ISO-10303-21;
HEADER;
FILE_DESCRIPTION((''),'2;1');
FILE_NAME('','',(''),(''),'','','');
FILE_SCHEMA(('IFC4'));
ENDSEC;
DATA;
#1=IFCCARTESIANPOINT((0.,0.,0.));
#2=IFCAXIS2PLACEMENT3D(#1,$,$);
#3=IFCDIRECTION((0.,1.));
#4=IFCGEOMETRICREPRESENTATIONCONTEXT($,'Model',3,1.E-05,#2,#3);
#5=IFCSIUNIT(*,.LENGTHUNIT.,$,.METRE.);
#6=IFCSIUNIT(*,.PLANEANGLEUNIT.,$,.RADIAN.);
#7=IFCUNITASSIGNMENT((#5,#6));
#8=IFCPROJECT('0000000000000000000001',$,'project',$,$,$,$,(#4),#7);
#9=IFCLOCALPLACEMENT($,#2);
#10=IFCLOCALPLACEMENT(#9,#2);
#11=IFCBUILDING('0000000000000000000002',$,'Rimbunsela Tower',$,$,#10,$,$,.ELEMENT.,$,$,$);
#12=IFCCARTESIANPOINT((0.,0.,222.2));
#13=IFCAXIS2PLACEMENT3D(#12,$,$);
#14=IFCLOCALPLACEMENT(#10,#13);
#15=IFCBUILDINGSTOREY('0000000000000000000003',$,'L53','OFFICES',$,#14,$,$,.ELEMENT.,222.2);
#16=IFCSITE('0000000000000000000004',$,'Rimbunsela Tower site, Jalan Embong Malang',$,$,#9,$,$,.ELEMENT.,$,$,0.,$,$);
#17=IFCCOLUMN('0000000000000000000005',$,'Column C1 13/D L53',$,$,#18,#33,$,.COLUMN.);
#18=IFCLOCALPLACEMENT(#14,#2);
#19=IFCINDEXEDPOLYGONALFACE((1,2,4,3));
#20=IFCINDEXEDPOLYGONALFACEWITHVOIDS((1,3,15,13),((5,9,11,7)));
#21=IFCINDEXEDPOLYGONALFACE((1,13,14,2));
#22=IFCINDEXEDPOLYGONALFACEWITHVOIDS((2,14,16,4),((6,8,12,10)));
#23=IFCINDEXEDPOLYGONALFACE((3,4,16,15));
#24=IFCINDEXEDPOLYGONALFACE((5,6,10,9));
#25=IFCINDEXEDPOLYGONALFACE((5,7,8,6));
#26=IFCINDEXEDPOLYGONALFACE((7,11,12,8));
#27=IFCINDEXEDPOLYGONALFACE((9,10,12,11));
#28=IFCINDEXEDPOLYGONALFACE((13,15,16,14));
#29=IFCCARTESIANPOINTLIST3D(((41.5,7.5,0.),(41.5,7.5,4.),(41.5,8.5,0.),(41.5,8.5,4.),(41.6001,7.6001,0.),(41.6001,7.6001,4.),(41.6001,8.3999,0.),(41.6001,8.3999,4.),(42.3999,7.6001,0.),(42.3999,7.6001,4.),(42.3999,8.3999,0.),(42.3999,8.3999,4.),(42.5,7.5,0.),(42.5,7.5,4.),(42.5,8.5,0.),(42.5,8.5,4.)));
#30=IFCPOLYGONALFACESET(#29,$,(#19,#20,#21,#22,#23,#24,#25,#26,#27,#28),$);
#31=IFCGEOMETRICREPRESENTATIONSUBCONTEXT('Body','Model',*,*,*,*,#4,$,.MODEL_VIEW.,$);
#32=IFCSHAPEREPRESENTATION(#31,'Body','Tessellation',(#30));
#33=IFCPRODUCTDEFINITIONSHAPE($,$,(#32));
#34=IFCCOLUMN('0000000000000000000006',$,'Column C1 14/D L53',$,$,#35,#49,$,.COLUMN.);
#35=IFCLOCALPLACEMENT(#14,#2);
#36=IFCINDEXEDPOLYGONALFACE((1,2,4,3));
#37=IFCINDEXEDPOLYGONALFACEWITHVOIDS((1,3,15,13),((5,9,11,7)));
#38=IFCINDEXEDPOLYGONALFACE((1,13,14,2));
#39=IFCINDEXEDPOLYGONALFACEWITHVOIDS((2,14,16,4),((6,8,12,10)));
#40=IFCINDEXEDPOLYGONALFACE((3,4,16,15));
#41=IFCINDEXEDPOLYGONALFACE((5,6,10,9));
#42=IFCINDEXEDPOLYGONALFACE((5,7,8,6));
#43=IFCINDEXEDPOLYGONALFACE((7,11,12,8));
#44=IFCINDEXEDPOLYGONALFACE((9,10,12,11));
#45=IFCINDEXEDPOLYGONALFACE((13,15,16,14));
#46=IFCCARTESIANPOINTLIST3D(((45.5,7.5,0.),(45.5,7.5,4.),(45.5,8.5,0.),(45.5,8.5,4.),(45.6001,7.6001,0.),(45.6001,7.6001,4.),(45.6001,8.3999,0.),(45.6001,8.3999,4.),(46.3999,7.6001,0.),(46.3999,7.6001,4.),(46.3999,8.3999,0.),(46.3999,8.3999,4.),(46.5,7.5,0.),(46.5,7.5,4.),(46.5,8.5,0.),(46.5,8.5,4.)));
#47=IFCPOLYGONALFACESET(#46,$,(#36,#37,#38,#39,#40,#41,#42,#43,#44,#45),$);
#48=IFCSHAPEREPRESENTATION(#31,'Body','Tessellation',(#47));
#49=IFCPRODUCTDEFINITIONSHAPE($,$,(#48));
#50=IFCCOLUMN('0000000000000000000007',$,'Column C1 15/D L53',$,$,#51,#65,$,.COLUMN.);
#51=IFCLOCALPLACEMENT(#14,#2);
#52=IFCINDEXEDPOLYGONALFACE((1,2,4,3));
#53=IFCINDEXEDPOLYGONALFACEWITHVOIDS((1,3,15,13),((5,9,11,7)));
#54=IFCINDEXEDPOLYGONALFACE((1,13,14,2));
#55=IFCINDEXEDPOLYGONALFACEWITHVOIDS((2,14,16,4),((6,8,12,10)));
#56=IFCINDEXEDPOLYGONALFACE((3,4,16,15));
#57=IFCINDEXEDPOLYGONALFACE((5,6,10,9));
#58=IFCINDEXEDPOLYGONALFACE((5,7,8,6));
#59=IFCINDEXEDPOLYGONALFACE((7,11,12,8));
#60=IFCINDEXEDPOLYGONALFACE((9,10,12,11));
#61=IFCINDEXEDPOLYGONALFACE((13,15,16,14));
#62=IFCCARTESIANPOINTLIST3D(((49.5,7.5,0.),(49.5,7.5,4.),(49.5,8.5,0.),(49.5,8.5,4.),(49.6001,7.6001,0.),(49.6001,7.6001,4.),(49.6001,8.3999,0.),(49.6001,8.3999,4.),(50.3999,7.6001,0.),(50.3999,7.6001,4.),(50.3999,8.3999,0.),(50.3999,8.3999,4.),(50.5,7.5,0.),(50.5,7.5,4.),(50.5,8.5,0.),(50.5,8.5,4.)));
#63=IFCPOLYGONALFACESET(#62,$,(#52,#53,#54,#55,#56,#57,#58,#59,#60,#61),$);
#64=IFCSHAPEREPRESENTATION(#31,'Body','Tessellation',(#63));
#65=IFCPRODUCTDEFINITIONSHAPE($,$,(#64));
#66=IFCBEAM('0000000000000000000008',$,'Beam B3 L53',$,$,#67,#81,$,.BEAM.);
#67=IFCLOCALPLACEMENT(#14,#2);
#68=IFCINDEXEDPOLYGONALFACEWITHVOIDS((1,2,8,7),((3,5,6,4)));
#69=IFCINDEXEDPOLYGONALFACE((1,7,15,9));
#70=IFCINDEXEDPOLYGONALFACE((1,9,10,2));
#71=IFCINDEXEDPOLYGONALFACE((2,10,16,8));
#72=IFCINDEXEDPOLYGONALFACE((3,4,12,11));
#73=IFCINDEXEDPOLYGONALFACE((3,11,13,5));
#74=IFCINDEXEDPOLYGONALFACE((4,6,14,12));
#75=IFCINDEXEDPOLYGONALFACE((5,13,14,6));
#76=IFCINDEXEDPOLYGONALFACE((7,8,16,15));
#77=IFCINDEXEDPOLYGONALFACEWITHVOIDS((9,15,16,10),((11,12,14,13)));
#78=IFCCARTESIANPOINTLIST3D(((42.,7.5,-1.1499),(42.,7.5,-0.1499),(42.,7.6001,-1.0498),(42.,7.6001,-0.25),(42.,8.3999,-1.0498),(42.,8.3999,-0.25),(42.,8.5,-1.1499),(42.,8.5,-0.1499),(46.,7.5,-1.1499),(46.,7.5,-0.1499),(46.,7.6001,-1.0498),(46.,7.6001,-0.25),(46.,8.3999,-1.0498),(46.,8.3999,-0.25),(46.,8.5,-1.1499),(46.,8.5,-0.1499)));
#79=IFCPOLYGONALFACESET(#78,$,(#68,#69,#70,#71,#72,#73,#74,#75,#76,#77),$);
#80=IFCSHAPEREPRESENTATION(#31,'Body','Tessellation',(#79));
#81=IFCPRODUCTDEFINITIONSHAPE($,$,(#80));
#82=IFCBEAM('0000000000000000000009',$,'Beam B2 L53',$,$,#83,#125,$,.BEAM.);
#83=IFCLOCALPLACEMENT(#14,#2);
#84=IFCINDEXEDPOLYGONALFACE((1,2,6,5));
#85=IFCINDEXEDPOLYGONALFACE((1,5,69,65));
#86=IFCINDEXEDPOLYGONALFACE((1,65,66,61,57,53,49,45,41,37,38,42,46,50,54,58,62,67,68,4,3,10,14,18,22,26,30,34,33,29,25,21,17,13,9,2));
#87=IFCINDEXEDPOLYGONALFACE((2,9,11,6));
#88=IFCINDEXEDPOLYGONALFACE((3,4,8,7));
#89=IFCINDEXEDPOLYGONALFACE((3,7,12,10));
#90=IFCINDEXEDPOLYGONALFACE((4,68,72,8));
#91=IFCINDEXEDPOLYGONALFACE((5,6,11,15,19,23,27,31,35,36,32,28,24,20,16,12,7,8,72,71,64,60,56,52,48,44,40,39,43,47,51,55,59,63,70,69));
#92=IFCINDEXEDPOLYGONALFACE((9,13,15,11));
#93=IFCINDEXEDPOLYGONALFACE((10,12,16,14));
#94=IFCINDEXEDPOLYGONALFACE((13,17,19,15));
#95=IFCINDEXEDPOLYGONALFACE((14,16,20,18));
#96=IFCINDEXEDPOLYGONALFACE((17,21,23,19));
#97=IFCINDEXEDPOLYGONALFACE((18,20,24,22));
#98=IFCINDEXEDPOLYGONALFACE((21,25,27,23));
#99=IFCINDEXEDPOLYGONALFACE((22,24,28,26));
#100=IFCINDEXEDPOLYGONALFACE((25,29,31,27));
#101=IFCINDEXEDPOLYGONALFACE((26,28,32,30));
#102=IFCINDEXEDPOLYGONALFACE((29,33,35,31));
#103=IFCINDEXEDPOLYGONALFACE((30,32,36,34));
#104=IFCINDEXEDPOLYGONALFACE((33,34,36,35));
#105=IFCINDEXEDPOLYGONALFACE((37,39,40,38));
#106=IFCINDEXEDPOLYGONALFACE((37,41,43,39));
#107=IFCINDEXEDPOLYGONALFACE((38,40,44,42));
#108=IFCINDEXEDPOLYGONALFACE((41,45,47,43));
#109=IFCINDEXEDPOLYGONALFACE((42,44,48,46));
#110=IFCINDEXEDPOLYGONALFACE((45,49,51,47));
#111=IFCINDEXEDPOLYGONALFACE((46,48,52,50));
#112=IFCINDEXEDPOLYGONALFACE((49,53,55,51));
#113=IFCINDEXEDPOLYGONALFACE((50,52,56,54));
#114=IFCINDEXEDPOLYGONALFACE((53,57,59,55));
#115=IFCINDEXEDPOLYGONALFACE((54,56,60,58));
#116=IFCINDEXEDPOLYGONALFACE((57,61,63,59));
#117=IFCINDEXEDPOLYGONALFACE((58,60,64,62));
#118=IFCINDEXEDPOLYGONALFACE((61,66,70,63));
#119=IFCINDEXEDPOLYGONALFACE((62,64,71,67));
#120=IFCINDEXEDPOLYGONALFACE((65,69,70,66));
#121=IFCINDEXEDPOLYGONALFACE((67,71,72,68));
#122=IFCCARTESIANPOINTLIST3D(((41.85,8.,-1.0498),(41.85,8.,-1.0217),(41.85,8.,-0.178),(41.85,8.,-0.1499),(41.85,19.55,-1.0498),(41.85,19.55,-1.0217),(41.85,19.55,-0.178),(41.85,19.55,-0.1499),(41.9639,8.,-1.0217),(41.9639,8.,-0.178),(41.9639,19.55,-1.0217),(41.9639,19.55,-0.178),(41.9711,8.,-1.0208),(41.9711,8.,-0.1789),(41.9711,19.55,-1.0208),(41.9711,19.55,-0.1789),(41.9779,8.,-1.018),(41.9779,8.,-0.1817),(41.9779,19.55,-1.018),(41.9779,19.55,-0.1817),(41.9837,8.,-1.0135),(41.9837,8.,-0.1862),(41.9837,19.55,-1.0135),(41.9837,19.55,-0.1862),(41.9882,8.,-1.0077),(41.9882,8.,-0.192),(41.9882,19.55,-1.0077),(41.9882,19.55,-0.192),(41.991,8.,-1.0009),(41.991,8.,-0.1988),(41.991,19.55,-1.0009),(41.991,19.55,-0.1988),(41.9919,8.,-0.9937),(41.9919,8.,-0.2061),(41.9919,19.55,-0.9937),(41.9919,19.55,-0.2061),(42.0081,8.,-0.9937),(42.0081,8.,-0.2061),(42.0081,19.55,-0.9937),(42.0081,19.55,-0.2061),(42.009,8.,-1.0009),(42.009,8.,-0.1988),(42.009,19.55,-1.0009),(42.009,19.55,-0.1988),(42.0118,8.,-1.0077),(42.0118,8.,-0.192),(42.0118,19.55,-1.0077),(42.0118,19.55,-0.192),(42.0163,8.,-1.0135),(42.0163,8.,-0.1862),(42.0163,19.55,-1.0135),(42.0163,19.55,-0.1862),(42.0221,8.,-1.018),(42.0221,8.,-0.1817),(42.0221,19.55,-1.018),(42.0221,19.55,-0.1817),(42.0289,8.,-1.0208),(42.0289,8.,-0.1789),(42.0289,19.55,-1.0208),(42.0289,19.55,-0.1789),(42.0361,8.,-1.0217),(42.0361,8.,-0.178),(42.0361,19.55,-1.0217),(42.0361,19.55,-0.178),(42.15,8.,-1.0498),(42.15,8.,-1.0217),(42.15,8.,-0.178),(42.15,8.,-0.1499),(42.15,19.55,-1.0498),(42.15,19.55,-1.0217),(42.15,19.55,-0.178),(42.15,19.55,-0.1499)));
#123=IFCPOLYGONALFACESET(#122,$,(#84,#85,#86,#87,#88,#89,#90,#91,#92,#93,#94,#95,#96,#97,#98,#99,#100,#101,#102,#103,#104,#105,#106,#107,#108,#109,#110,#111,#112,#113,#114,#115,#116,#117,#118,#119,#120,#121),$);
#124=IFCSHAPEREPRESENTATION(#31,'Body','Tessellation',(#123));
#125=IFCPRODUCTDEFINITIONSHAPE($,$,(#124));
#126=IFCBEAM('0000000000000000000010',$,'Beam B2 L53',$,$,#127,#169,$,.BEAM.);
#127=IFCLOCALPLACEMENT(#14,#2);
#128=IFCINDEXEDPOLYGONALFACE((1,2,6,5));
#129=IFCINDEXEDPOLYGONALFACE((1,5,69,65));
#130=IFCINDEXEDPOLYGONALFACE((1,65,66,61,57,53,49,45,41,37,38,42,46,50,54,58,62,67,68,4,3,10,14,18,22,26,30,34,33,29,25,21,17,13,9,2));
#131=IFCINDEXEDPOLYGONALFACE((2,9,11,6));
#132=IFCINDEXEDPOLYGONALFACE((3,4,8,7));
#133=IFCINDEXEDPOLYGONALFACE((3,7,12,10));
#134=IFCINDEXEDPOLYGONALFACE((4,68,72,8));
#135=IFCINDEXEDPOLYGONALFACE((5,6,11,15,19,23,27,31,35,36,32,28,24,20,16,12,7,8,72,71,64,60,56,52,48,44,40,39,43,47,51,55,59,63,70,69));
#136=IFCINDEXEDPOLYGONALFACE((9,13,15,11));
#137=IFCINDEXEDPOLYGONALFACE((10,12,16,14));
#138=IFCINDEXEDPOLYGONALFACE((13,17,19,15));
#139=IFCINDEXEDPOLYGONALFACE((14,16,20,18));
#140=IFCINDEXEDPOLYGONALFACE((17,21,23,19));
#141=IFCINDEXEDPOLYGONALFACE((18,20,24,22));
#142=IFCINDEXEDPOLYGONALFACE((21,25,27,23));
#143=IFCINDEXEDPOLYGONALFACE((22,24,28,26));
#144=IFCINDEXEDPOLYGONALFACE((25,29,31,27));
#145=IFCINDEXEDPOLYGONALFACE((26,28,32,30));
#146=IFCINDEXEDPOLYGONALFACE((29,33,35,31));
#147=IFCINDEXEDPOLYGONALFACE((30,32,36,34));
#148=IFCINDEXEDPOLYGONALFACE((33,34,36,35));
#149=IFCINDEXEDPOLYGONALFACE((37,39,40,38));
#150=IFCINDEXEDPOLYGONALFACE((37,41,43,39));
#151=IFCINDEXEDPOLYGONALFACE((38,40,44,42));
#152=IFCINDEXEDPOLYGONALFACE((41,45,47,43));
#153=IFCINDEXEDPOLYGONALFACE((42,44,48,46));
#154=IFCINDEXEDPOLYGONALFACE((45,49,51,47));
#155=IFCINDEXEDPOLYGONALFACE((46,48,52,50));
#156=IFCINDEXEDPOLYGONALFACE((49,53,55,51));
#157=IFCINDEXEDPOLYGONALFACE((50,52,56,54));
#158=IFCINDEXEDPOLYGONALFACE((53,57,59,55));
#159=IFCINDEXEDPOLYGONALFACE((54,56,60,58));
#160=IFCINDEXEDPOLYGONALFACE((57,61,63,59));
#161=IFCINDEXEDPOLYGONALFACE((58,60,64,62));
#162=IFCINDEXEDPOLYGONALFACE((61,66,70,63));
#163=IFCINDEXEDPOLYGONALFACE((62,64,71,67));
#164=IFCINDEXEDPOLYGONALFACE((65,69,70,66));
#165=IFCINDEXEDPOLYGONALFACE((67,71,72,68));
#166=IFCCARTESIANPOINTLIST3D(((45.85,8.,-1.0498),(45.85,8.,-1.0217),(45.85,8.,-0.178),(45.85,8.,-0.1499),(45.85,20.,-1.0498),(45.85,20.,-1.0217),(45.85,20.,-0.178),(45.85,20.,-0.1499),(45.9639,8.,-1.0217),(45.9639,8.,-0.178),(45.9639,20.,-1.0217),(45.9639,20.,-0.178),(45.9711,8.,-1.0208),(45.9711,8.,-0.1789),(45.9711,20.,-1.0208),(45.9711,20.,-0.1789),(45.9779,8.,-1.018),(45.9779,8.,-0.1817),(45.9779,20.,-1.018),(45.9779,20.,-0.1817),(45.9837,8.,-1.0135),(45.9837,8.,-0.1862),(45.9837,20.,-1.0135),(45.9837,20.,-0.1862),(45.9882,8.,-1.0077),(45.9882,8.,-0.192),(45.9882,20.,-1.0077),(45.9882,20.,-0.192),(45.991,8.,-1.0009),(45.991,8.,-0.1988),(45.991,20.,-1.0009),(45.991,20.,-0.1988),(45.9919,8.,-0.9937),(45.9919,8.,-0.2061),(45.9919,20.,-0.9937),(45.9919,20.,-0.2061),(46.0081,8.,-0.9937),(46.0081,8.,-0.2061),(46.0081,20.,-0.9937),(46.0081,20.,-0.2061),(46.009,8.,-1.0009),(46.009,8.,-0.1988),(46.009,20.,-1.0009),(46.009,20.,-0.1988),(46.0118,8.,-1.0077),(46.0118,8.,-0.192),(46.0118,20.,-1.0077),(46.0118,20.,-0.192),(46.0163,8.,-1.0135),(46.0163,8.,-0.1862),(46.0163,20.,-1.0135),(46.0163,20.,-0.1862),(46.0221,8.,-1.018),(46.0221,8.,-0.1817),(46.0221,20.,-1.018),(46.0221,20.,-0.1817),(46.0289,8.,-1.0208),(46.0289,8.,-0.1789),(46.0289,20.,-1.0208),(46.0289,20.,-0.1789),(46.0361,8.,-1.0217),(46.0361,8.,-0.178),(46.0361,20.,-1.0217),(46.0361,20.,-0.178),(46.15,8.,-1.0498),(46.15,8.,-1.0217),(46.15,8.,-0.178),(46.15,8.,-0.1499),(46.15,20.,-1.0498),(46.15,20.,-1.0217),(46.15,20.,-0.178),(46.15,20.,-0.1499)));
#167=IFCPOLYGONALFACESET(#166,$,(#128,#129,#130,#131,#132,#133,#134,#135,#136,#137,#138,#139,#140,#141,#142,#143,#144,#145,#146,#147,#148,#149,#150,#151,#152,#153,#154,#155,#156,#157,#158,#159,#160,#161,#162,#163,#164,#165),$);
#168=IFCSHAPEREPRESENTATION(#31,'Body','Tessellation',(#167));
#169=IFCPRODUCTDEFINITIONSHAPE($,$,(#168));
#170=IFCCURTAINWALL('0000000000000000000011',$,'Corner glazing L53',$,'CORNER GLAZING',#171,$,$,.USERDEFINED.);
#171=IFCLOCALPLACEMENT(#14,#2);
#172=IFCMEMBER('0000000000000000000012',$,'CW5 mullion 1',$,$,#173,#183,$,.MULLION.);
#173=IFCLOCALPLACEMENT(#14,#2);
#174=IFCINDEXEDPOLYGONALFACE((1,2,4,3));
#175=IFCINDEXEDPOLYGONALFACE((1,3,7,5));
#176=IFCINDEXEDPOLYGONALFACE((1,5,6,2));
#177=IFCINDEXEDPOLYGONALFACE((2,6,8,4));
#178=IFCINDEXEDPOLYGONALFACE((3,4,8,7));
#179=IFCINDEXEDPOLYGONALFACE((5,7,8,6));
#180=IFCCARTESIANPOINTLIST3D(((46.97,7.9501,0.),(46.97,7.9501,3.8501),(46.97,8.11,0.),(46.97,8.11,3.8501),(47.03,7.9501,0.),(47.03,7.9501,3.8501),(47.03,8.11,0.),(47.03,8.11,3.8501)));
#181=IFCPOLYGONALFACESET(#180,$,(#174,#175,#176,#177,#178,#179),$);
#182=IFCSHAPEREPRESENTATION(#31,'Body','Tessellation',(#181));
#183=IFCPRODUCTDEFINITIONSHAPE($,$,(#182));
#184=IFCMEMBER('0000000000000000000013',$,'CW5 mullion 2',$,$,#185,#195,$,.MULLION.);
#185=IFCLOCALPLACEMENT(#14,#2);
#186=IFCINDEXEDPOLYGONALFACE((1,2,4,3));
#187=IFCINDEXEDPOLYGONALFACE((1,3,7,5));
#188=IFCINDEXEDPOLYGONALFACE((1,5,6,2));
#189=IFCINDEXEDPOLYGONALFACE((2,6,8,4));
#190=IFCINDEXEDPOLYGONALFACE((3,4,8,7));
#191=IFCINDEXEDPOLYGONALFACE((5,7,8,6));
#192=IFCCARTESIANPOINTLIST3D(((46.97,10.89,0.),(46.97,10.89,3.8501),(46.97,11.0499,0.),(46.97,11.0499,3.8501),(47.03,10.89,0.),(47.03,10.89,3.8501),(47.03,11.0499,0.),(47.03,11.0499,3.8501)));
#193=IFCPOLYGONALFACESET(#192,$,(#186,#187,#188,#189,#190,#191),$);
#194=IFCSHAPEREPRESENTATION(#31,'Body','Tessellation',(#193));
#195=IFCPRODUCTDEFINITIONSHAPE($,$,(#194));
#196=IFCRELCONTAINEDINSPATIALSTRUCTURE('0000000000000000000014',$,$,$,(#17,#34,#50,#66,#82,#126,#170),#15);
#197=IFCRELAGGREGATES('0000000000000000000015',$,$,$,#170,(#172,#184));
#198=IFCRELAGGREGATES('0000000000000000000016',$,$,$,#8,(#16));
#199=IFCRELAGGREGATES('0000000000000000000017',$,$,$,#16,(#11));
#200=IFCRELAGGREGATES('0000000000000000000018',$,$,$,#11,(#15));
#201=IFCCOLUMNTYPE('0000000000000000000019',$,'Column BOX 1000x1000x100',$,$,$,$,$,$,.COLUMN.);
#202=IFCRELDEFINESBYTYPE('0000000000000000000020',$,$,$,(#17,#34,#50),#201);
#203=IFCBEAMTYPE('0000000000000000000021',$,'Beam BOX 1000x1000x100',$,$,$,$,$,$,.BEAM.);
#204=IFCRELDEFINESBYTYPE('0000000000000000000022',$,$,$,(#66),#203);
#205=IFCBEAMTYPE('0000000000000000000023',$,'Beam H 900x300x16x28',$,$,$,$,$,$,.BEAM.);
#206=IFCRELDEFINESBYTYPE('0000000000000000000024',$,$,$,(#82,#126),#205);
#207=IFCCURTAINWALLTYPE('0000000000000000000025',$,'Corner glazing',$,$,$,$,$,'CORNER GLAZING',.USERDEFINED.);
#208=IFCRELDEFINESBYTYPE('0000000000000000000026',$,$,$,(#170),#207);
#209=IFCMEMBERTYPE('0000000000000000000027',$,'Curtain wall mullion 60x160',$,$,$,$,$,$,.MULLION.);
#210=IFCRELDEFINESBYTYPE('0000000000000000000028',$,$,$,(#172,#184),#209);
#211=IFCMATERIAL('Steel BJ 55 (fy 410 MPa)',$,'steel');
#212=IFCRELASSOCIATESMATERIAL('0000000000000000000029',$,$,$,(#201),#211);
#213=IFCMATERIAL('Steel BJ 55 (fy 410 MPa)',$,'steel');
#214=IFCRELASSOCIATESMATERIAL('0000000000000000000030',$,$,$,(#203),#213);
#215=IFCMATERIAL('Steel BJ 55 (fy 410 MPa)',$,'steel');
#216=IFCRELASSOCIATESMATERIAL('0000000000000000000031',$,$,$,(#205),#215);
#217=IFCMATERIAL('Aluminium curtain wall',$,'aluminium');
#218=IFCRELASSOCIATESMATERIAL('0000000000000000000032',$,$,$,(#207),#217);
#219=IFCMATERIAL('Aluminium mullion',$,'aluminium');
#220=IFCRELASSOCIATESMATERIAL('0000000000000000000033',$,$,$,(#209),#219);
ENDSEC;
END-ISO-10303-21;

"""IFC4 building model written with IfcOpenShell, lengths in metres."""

from ifc_helpers import new_model, si_unit, direction, frame, origin, origin_2d, place, context, subcontext, project, spatial, rectangle, hollow_rectangle, i_section, extrude, material, material_profile, profile_set, type_object, element, aggregate, save


model = new_model("IFC4")

# Units and contexts
model_context = context("Model", 3, precision=1e-05, world=origin(), true_north=direction((0.0, 1.0)))
body_context = subcontext(model_context, "Body", "Model", "MODEL_VIEW")
ifc_project = project(units=[si_unit("LENGTHUNIT", "METRE"), si_unit("PLANEANGLEUNIT", "RADIAN")], contexts=[model_context])

# Site, building, storey
site_placement = place(None, origin())
site = spatial("IfcSite", under=ifc_project, at=site_placement, Name="Rimbunsela Tower site, Jalan Embong Malang", CompositionType="ELEMENT", RefElevation=0.0)
building_placement = place(site_placement, origin())
building = spatial("IfcBuilding", under=site, at=building_placement, Name="Rimbunsela Tower", CompositionType="ELEMENT")
storey_placement = place(building_placement, frame((0.0, 0.0, 222.2)))
storey = spatial("IfcBuildingStorey", under=building, at=storey_placement, Name="L53", Description="OFFICES", CompositionType="ELEMENT", Elevation=222.2)

# Columns
ifc_material_1 = material(Name="Steel BJ 55 (fy 410 MPa)", Category="steel")
ifc_material_profile_1 = material_profile(ifc_material_1, hollow_rectangle(XDim=1.0, YDim=1.0, WallThickness=0.1001, at=origin_2d()), Name="BOX 1000x1000x100")
ifc_profile_set_1 = profile_set([ifc_material_profile_1], Name="Steel BJ 55 (fy 410 MPa)")
column_type = type_object("IfcColumnType", Name="Column BOX 1000x1000x100", PredefinedType="COLUMN", material=ifc_profile_set_1)
for number, where, z_axis, x_axis, name in (
    (1, (42.0, 8.0, 0.0), (0.0, 0.0, 1.0), (1.0, 0.0, 0.0), "Column C1 13/D L53"),
    (2, (46.0, 8.0, 0.0), (0.0, 0.0, 1.0), (1.0, 0.0, 0.0), "Column C1 14/D L53"),
    (3, (50.0, 8.0, 0.0), (0.0, 0.0, 1.0), (1.0, 0.0, 0.0), "Column C1 15/D L53"),
):
    element("IfcColumn", number, at=place(storey_placement, frame(where, z_axis=z_axis, x_axis=x_axis)), inside=storey, type_object=column_type, Name=name, PredefinedType="COLUMN", context=body_context, shape_type="SweptSolid", body=[
        extrude(hollow_rectangle(XDim=1.0, YDim=1.0, WallThickness=0.1001, at=origin_2d()), origin(), (0.0, 0.0, 1.0), 4.0),
    ])

# Beams
ifc_material_2 = material(Name="Steel BJ 55 (fy 410 MPa)", Category="steel")
ifc_material_profile_2 = material_profile(ifc_material_2, hollow_rectangle(XDim=1.0, YDim=1.0, WallThickness=0.1001, at=origin_2d()), Name="BOX 1000x1000x100")
ifc_profile_set_2 = profile_set([ifc_material_profile_2], Name="Steel BJ 55 (fy 410 MPa)")
beam_type_1 = type_object("IfcBeamType", Name="Beam BOX 1000x1000x100", PredefinedType="BEAM", material=ifc_profile_set_2)
beam_1_placement = place(storey_placement, frame((42.0, 8.0, -0.6499), z_axis=(1.0, 0.0, 0.0), x_axis=(0.0, 1.0, 0.0)))
element("IfcBeam", 4, at=beam_1_placement, inside=storey, type_object=beam_type_1, Name="Beam B3 L53", PredefinedType="BEAM", context=body_context, shape_type="SweptSolid", body=[
    extrude(hollow_rectangle(XDim=1.0, YDim=1.0, WallThickness=0.1001, at=origin_2d()), origin(), (0.0, 0.0, 1.0), 4.0),
])
ifc_material_3 = material(Name="Steel BJ 55 (fy 410 MPa)", Category="steel")
ifc_material_profile_3 = material_profile(ifc_material_3, i_section(OverallWidth=0.3, OverallDepth=0.8999, WebThickness=0.0161, FlangeThickness=0.0281, FilletRadius=0.0281, at=origin_2d()), Name="H 900x300x16x28")
ifc_profile_set_3 = profile_set([ifc_material_profile_3], Name="Steel BJ 55 (fy 410 MPa)")
beam_type_2 = type_object("IfcBeamType", Name="Beam H 900x300x16x28", PredefinedType="BEAM", material=ifc_profile_set_3)
beam_2_placement = place(storey_placement, frame((42.0, 8.0, -0.5999), z_axis=(0.0, 1.0, 0.0), x_axis=(-1.0, 0.0, 0.0)))
element("IfcBeam", 5, at=beam_2_placement, inside=storey, type_object=beam_type_2, Name="Beam B2 L53", PredefinedType="BEAM", context=body_context, shape_type="SweptSolid", body=[
    extrude(i_section(OverallWidth=0.3, OverallDepth=0.8999, WebThickness=0.0161, FlangeThickness=0.0281, FilletRadius=0.0281, at=origin_2d()), origin(), (0.0, 0.0, 1.0), 11.55),
])
beam_3_placement = place(storey_placement, frame((46.0, 8.0, -0.5999), z_axis=(0.0, 1.0, 0.0), x_axis=(-1.0, 0.0, 0.0)))
element("IfcBeam", 6, at=beam_3_placement, inside=storey, type_object=beam_type_2, Name="Beam B2 L53", PredefinedType="BEAM", context=body_context, shape_type="SweptSolid", body=[
    extrude(i_section(OverallWidth=0.3, OverallDepth=0.8999, WebThickness=0.0161, FlangeThickness=0.0281, FilletRadius=0.0281, at=origin_2d()), origin(), (0.0, 0.0, 1.0), 12.0),
])

# Curtain wall, members
ifc_material_4 = material(Name="Aluminium curtain wall", Category="aluminium")
curtain_wall_type = type_object("IfcCurtainWallType", Name="Corner glazing", ElementType="CORNER GLAZING", PredefinedType="USERDEFINED", material=ifc_material_4)
curtain_wall_1_placement = place(storey_placement, origin())
curtain_wall_1 = element("IfcCurtainWall", 7, at=curtain_wall_1_placement, inside=storey, type_object=curtain_wall_type, Name="Corner glazing L53", ObjectType="CORNER GLAZING", PredefinedType="USERDEFINED")
ifc_material_5 = material(Name="Aluminium mullion", Category="aluminium")
ifc_material_profile_4 = material_profile(ifc_material_5, rectangle(XDim=0.0601, YDim=0.1599, at=origin_2d()), Name="Mullion 60x160")
ifc_profile_set_4 = profile_set([ifc_material_profile_4], Name="Aluminium mullion")
member_type_1 = type_object("IfcMemberType", Name="Curtain wall mullion 60x160", PredefinedType="MULLION", material=ifc_profile_set_4)
member_1_placement = place(storey_placement, frame((47.0, 8.03, 0.0), z_axis=(0.0, 0.0, 1.0), x_axis=(-1.0, 0.0, 0.0)))
member_1 = element("IfcMember", 8, at=member_1_placement, type_object=member_type_1, Name="CW5 mullion 1", PredefinedType="MULLION", context=body_context, shape_type="SweptSolid", body=[
    extrude(rectangle(XDim=0.0601, YDim=0.1599, at=origin_2d()), origin(), (0.0, 0.0, 1.0), 3.8501),
])
member_2_placement = place(storey_placement, frame((47.0, 10.97, 0.0), z_axis=(0.0, 0.0, 1.0), x_axis=(-1.0, 0.0, 0.0)))
member_2 = element("IfcMember", 9, at=member_2_placement, type_object=member_type_1, Name="CW5 mullion 2", PredefinedType="MULLION", context=body_context, shape_type="SweptSolid", body=[
    extrude(rectangle(XDim=0.0601, YDim=0.1599, at=origin_2d()), origin(), (0.0, 0.0, 1.0), 3.8501),
])

aggregate(curtain_wall_1, [member_1, member_2])

save(model, "model.ifc")
